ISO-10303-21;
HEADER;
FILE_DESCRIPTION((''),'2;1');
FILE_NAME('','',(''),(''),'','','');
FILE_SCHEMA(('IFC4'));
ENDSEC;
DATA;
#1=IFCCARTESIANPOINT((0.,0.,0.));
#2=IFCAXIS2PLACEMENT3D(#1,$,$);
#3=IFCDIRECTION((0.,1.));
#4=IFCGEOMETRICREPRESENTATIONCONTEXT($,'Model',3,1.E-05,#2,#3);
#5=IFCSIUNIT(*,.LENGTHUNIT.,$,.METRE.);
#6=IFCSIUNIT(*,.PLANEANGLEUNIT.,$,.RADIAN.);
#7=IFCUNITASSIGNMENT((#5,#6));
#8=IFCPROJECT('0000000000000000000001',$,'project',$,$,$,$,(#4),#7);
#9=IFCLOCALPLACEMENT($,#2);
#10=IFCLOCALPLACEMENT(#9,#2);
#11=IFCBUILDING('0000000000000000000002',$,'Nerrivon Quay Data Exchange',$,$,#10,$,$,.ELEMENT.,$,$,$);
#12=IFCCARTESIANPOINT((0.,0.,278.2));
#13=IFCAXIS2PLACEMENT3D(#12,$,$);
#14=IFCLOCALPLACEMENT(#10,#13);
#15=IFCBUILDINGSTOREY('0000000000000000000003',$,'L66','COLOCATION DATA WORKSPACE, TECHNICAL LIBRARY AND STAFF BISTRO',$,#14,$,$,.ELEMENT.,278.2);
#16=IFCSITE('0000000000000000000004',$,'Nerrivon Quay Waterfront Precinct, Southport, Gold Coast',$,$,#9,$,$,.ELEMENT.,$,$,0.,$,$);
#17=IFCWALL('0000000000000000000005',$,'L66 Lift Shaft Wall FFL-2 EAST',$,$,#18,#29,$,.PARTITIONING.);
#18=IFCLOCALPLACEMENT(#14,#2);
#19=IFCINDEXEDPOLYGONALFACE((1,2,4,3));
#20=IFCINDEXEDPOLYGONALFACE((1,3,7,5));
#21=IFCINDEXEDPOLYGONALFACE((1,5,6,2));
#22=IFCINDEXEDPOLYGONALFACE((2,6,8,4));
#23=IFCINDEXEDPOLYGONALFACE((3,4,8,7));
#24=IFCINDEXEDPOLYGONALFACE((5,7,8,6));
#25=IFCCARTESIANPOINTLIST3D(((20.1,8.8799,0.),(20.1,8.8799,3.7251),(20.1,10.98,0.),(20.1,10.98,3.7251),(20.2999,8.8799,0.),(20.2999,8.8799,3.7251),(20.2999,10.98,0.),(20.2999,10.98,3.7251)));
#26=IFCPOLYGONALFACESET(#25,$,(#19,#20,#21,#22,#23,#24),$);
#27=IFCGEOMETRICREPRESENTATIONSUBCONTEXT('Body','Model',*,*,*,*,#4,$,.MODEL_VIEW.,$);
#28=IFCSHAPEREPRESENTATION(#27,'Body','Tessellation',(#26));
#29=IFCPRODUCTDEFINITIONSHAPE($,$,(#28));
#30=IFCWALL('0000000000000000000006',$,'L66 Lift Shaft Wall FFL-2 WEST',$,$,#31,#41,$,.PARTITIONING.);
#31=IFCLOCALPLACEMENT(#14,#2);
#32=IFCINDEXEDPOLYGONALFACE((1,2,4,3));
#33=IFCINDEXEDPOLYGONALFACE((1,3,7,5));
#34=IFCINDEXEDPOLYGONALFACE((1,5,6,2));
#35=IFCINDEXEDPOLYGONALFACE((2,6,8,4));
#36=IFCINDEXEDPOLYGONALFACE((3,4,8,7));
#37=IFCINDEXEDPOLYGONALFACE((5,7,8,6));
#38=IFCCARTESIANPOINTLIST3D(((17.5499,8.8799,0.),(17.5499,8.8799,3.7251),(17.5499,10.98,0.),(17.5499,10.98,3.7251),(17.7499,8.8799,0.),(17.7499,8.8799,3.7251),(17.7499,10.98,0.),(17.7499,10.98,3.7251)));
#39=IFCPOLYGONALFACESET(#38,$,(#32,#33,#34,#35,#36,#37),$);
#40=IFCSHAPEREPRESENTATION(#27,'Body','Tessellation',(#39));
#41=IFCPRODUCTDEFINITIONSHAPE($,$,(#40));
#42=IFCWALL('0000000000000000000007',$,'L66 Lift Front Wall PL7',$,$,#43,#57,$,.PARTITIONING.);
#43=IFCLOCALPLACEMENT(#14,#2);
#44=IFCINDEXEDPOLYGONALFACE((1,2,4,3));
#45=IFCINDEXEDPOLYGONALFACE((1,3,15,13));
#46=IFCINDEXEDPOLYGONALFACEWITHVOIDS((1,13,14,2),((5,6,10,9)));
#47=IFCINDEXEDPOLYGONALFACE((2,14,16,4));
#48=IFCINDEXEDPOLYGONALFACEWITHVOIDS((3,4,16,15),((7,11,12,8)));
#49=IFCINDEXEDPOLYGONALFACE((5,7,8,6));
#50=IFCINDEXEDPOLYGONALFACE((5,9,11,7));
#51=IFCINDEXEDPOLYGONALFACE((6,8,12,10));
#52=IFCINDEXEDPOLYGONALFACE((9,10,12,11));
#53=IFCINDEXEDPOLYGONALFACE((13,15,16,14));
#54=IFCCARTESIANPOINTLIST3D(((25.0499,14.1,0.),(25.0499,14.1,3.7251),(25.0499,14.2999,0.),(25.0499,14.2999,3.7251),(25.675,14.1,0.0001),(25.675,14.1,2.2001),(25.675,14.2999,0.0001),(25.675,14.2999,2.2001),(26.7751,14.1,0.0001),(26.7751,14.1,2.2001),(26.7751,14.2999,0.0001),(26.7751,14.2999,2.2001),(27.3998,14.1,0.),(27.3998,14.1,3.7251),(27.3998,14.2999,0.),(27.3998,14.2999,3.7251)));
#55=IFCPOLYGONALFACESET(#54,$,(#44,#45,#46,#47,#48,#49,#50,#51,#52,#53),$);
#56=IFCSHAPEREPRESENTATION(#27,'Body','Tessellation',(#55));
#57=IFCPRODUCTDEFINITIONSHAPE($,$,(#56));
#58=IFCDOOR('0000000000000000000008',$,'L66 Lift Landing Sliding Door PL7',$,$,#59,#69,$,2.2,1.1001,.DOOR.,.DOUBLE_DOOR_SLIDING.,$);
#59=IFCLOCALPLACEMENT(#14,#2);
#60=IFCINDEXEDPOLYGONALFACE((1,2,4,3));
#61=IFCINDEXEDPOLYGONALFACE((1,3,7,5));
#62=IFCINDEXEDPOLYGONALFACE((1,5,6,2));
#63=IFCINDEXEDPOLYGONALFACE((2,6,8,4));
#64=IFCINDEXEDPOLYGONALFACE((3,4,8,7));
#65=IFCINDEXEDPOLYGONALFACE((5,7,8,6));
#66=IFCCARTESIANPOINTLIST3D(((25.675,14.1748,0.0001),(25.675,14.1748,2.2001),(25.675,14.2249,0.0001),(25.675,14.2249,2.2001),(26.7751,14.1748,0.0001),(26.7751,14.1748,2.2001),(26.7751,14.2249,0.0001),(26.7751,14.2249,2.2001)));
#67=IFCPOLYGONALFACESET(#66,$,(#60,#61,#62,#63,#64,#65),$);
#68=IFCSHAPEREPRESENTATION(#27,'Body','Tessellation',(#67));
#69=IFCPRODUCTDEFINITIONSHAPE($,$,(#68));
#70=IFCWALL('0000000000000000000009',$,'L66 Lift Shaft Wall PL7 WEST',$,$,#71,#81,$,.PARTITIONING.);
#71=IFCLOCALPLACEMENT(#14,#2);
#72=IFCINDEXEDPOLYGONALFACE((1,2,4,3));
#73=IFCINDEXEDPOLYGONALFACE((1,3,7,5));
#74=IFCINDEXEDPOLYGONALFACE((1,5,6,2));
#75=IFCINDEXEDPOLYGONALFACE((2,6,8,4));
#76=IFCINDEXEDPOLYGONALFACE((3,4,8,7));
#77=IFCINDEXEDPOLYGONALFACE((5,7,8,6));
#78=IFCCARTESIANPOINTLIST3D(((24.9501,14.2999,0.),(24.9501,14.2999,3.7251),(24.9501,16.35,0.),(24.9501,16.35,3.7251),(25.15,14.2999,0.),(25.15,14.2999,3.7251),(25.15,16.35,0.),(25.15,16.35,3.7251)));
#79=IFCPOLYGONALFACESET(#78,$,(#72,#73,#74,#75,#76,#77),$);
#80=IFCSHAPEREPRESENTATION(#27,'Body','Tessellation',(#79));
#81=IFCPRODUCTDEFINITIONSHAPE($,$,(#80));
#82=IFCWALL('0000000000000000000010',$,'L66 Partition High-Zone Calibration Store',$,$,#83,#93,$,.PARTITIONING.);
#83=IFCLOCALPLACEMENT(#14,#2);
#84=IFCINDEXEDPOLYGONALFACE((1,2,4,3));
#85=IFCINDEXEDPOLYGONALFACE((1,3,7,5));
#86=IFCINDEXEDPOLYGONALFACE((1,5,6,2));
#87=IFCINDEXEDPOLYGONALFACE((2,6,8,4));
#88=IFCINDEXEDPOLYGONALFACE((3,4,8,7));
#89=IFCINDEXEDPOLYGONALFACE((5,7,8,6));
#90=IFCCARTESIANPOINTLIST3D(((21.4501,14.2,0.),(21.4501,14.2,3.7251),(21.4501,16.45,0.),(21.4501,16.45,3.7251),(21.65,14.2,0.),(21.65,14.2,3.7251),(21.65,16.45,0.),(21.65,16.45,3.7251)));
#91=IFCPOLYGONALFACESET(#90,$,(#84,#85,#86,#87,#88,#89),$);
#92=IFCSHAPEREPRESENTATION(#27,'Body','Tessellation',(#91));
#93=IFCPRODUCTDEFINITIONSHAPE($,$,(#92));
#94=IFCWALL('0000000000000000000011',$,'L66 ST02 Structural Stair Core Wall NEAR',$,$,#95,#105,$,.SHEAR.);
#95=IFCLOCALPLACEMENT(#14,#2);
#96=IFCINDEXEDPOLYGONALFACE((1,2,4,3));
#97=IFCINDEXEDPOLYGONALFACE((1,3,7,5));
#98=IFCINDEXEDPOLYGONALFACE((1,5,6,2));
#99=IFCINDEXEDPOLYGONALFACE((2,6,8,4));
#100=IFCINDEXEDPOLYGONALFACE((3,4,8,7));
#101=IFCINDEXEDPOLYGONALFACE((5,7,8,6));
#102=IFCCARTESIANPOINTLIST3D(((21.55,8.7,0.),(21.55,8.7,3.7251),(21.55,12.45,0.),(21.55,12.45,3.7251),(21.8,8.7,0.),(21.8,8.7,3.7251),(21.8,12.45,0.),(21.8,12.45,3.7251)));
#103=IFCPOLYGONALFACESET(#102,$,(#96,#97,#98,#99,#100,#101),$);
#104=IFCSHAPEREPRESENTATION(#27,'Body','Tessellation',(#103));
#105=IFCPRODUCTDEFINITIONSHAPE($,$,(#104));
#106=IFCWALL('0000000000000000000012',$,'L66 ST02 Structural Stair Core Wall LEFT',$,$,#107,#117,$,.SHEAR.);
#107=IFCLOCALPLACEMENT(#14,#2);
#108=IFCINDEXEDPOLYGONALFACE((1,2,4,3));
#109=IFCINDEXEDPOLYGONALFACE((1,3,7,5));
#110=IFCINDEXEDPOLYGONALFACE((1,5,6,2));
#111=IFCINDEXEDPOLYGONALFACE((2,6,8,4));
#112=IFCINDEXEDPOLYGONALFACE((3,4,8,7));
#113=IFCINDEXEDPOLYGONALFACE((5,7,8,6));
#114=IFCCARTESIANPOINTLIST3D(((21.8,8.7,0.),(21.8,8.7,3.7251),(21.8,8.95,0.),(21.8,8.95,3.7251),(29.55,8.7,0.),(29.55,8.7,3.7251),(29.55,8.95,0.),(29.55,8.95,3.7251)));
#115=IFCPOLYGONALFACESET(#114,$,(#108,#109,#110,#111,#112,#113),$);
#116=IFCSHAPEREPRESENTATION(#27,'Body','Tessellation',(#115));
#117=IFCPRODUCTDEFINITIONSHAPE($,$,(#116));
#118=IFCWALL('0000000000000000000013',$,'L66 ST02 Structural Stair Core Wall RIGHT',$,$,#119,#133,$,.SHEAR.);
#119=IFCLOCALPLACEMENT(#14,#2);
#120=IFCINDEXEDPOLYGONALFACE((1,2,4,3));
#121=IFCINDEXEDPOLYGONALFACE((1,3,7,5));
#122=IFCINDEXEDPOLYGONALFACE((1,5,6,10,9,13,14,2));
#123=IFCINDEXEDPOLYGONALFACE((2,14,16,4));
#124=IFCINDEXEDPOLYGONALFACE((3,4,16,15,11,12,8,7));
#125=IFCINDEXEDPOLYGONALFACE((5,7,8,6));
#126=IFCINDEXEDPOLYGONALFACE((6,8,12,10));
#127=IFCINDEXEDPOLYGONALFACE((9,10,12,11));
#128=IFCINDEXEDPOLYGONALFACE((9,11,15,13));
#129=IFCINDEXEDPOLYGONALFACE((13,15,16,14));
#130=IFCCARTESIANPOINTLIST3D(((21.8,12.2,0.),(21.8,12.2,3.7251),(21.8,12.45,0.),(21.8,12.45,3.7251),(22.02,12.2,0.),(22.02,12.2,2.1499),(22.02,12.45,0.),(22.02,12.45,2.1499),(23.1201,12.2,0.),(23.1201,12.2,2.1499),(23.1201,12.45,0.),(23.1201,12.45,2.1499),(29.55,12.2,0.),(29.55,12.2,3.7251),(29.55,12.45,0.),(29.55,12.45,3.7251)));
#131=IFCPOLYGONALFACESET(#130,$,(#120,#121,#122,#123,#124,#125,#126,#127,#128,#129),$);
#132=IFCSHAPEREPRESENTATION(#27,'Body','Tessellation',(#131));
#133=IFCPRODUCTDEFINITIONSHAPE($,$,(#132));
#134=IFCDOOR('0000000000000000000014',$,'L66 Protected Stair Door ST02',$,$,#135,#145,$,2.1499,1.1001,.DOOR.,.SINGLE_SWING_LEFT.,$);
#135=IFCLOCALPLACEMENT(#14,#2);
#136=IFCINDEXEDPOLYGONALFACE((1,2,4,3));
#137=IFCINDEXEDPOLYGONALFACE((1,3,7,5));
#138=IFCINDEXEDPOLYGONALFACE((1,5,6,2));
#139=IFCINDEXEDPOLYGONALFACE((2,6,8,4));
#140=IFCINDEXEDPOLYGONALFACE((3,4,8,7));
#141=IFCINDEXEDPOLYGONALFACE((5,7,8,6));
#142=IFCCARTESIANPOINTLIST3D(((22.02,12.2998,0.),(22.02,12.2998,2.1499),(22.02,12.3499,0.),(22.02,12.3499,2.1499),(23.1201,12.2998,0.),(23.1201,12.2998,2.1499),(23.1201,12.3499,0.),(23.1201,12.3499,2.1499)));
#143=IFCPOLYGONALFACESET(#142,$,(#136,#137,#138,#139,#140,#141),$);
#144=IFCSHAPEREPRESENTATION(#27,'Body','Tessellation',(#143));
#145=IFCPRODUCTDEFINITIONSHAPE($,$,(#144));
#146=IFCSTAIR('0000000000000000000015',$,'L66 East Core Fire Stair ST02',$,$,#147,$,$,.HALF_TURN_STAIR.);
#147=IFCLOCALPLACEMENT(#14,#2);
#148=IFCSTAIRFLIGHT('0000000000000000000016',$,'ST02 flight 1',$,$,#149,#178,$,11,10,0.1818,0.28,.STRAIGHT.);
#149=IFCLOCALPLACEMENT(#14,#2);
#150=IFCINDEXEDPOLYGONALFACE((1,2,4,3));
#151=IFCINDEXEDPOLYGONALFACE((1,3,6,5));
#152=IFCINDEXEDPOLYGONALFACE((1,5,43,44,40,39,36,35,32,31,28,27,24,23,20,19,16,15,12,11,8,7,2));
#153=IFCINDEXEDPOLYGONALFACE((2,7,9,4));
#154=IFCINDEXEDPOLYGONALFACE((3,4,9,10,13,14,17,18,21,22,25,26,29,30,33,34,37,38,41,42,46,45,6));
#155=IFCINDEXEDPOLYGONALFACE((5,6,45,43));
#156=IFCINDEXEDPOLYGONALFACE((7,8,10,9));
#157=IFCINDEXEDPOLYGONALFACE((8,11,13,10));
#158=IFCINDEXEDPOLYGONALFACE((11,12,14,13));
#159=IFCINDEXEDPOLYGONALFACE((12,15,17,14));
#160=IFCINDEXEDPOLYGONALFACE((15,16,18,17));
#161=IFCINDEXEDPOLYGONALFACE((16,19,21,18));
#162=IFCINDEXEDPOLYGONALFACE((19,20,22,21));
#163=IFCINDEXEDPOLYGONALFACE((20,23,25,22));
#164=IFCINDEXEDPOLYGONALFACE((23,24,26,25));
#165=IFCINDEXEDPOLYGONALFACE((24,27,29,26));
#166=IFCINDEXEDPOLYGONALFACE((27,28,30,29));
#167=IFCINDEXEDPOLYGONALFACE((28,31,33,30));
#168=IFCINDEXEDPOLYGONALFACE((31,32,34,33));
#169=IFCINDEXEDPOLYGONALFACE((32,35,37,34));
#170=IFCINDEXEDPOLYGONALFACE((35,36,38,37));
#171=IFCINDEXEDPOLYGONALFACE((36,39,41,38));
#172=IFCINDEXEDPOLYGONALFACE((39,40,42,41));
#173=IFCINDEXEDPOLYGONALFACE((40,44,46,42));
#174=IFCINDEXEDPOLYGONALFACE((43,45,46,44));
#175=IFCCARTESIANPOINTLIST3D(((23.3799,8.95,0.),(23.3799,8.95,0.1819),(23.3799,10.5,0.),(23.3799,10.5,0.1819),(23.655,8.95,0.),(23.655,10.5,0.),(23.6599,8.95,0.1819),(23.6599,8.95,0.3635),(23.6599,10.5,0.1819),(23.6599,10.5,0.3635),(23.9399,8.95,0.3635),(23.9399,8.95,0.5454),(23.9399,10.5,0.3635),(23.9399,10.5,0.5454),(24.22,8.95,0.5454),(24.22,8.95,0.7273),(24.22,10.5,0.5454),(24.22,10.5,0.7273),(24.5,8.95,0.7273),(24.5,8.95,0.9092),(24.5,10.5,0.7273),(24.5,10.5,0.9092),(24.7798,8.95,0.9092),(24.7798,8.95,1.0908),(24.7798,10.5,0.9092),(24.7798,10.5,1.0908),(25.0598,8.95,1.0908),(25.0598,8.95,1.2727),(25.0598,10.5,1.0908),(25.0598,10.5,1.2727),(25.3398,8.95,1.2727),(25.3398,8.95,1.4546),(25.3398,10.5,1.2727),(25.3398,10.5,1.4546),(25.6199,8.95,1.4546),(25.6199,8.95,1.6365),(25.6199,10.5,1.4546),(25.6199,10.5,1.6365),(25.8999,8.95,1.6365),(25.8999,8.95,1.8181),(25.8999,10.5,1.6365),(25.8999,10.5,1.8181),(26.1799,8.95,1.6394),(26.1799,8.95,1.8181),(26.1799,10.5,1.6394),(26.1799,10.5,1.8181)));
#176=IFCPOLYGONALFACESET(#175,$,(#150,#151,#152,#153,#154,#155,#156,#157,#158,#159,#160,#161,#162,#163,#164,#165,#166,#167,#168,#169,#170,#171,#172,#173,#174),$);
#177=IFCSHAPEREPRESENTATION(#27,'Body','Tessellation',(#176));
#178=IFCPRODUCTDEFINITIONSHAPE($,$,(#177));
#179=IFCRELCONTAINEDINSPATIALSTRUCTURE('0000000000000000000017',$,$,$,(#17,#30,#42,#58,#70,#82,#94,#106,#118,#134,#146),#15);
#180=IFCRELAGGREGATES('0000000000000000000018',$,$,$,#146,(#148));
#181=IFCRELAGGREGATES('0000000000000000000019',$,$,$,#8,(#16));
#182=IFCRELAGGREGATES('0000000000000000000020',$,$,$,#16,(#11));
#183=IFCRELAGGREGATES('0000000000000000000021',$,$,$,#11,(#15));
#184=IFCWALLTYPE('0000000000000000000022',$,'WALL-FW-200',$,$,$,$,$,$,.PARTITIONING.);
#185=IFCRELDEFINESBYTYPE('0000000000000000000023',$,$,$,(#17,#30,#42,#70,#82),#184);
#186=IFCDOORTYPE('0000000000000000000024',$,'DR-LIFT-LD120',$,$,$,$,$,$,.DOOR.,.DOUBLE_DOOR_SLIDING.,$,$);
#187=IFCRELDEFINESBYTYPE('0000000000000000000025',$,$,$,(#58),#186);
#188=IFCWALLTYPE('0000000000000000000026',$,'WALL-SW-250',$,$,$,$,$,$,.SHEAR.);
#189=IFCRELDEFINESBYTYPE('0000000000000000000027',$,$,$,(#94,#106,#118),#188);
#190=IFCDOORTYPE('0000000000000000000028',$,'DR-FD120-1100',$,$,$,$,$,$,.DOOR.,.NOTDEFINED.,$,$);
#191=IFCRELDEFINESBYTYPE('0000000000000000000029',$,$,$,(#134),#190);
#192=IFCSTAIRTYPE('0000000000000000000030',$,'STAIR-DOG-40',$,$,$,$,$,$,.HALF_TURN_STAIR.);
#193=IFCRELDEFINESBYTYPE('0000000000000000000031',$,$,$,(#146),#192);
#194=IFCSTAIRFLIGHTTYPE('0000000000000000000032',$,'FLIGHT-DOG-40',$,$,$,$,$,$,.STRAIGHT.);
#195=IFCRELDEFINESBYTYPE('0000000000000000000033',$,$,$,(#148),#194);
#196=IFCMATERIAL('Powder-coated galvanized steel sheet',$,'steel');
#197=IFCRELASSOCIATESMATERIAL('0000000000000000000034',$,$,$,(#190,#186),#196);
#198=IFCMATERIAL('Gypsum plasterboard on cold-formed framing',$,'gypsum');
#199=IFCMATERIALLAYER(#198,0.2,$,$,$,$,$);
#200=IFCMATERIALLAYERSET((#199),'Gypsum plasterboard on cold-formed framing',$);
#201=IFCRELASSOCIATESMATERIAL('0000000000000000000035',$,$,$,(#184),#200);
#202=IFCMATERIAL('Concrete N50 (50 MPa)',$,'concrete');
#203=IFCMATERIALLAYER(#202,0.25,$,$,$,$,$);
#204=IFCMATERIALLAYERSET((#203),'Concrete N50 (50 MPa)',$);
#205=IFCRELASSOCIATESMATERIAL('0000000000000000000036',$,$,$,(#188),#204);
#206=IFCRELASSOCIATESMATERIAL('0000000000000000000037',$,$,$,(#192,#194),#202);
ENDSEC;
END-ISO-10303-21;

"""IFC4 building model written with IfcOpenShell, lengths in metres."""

from ifc_helpers import new_model, si_unit, direction, frame, frame_2d, origin, place, context, subcontext, project, spatial, polyline, rectangle, outline, extrude, material, layer, layer_set, type_object, element, fill, aggregate, save


model = new_model("IFC4")

# Units and contexts
model_context = context("Model", 3, precision=1e-05, world=origin(), true_north=direction((0.0, 1.0)))
body_context = subcontext(model_context, "Body", "Model", "MODEL_VIEW")
ifc_project = project(units=[si_unit("LENGTHUNIT", "METRE"), si_unit("PLANEANGLEUNIT", "RADIAN")], contexts=[model_context])

# Site, building, storey
site_placement = place(None, origin())
site = spatial("IfcSite", under=ifc_project, at=site_placement, Name="Nerrivon Quay Waterfront Precinct, Southport, Gold Coast", CompositionType="ELEMENT", RefElevation=0.0)
building_placement = place(site_placement, origin())
building = spatial("IfcBuilding", under=site, at=building_placement, Name="Nerrivon Quay Data Exchange", CompositionType="ELEMENT")
storey_placement = place(building_placement, frame((0.0, 0.0, 278.2)))
storey = spatial("IfcBuildingStorey", under=building, at=storey_placement, Name="L66", Description="COLOCATION DATA WORKSPACE, TECHNICAL LIBRARY AND STAFF BISTRO", CompositionType="ELEMENT", Elevation=278.2)

# Shared definitions
ifc_material_1 = material(Name="Concrete N50 (50 MPa)", Category="concrete")

# Shared definitions
ifc_material_2 = material(Name="Powder-coated galvanized steel sheet", Category="steel")
door_type_1 = type_object("IfcDoorType", Name="DR-FD120-1100", OperationType="NOTDEFINED", PredefinedType="DOOR", material=ifc_material_2)

# Shared definitions
ifc_material_3 = material(Name="Gypsum plasterboard on cold-formed framing", Category="gypsum")
ifc_layer_1 = layer(ifc_material_3, 0.2)
ifc_layer_set_1 = layer_set([ifc_layer_1], Name="Gypsum plasterboard on cold-formed framing")
wall_type_1 = type_object("IfcWallType", Name="WALL-FW-200", PredefinedType="PARTITIONING", material=ifc_layer_set_1)

# Shared definitions
door_type_2 = type_object("IfcDoorType", Name="DR-LIFT-LD120", OperationType="DOUBLE_DOOR_SLIDING", PredefinedType="DOOR", material=ifc_material_2)

# Walls
for number, where, z_axis, x_axis, name in (
    (1, (20.2, 8.8799, 0.0), (0.0, 0.0, 1.0), (0.0, 1.0, 0.0), "L66 Lift Shaft Wall FFL-2 EAST"),
    (2, (17.6499, 8.8799, 0.0), (0.0, 0.0, 1.0), (0.0, 1.0, 0.0), "L66 Lift Shaft Wall FFL-2 WEST"),
):
    element("IfcWall", number, at=place(storey_placement, frame(where, z_axis=z_axis, x_axis=x_axis)), inside=storey, type_object=wall_type_1, Name=name, PredefinedType="PARTITIONING", context=body_context, shape_type="SweptSolid", body=[
        extrude(rectangle(XDim=2.1001, YDim=0.2, at=frame_2d((1.05, 0.0))), origin(), (0.0, 0.0, 1.0), 3.7251),
    ])

# Wall, opening, door
wall_1_placement = place(storey_placement, frame((25.05, 14.2, 0.0), z_axis=(0.0, 0.0, 1.0), x_axis=(1.0, 0.0, 0.0)))
wall_1 = element("IfcWall", 3, at=wall_1_placement, inside=storey, type_object=wall_type_1, Name="L66 Lift Front Wall PL7", PredefinedType="PARTITIONING", context=body_context, shape_type="SweptSolid", body=[
    extrude(rectangle(XDim=2.3499, YDim=0.2, at=frame_2d((1.1748, 0.0))), origin(), (0.0, 0.0, 1.0), 3.7251),
])
opening_1_placement = place(wall_1_placement, frame((0.625, 0.0, 0.0)))
opening_1 = element("IfcOpeningElement", 4, at=opening_1_placement, cuts=wall_1, PredefinedType="OPENING", context=body_context, shape_type="SweptSolid", body=[
    extrude(rectangle(XDim=1.1001, YDim=2.2, at=frame_2d((0.55, 1.1001))), frame((0.0, 0.1099, 0.0), z_axis=(0.0, -1.0, 0.0), x_axis=(1.0, 0.0, 0.0)), (0.0, 0.0, 1.0), 0.22),
])
door_1_placement = place(opening_1_placement, origin())
door_1 = element("IfcDoor", 5, at=door_1_placement, inside=storey, type_object=door_type_2, Name="L66 Lift Landing Sliding Door PL7", OperationType="DOUBLE_DOOR_SLIDING", OverallHeight=2.2, OverallWidth=1.1001, PredefinedType="DOOR", context=body_context, shape_type="SweptSolid", body=[
    extrude(rectangle(XDim=1.1001, YDim=2.2, at=frame_2d((0.55, 1.1001))), frame((0.0, 0.0249, 0.0), z_axis=(0.0, -1.0, 0.0), x_axis=(1.0, 0.0, 0.0)), (0.0, 0.0, 1.0), 0.05),
])
fill(opening_1, door_1)

# Walls
wall_2_placement = place(storey_placement, frame((25.05, 14.3, 0.0), z_axis=(0.0, 0.0, 1.0), x_axis=(0.0, 1.0, 0.0)))
element("IfcWall", 6, at=wall_2_placement, inside=storey, type_object=wall_type_1, Name="L66 Lift Shaft Wall PL7 WEST", PredefinedType="PARTITIONING", context=body_context, shape_type="SweptSolid", body=[
    extrude(rectangle(XDim=2.05, YDim=0.2, at=frame_2d((1.0249, 0.0))), origin(), (0.0, 0.0, 1.0), 3.7251),
])
wall_3_placement = place(storey_placement, frame((21.55, 14.2, 0.0), z_axis=(0.0, 0.0, 1.0), x_axis=(0.0, 1.0, 0.0)))
element("IfcWall", 7, at=wall_3_placement, inside=storey, type_object=wall_type_1, Name="L66 Partition High-Zone Calibration Store", PredefinedType="PARTITIONING", context=body_context, shape_type="SweptSolid", body=[
    extrude(rectangle(XDim=2.25, YDim=0.2, at=frame_2d((1.125, 0.0))), origin(), (0.0, 0.0, 1.0), 3.7251),
])

# Walls
ifc_layer_2 = layer(ifc_material_1, 0.25)
ifc_layer_set_2 = layer_set([ifc_layer_2], Name="Concrete N50 (50 MPa)")
wall_type_2 = type_object("IfcWallType", Name="WALL-SW-250", PredefinedType="SHEAR", material=ifc_layer_set_2)
wall_4_placement = place(storey_placement, frame((21.675, 8.7, 0.0), z_axis=(0.0, 0.0, 1.0), x_axis=(0.0, 1.0, 0.0)))
element("IfcWall", 8, at=wall_4_placement, inside=storey, type_object=wall_type_2, Name="L66 ST02 Structural Stair Core Wall NEAR", PredefinedType="SHEAR", context=body_context, shape_type="SweptSolid", body=[
    extrude(rectangle(XDim=3.75, YDim=0.25, at=frame_2d((1.875, 0.0))), origin(), (0.0, 0.0, 1.0), 3.7251),
])
wall_5_placement = place(storey_placement, frame((21.8, 8.825, 0.0), z_axis=(0.0, 0.0, 1.0), x_axis=(1.0, 0.0, 0.0)))
element("IfcWall", 9, at=wall_5_placement, inside=storey, type_object=wall_type_2, Name="L66 ST02 Structural Stair Core Wall LEFT", PredefinedType="SHEAR", context=body_context, shape_type="SweptSolid", body=[
    extrude(rectangle(XDim=7.75, YDim=0.25, at=frame_2d((3.875, 0.0))), origin(), (0.0, 0.0, 1.0), 3.7251),
])

# Wall, opening, door
wall_6_placement = place(storey_placement, frame((21.8, 12.325, 0.0), z_axis=(0.0, 0.0, 1.0), x_axis=(1.0, 0.0, 0.0)))
wall_6 = element("IfcWall", 10, at=wall_6_placement, inside=storey, type_object=wall_type_2, Name="L66 ST02 Structural Stair Core Wall RIGHT", PredefinedType="SHEAR", context=body_context, shape_type="SweptSolid", body=[
    extrude(rectangle(XDim=7.75, YDim=0.25, at=frame_2d((3.875, 0.0))), origin(), (0.0, 0.0, 1.0), 3.7251),
])
opening_2_placement = place(wall_6_placement, frame((0.22, 0.0, 0.0)))
opening_2 = element("IfcOpeningElement", 11, at=opening_2_placement, cuts=wall_6, PredefinedType="OPENING", context=body_context, shape_type="SweptSolid", body=[
    extrude(rectangle(XDim=1.1001, YDim=2.1499, at=frame_2d((0.55, 1.075))), frame((0.0, 0.135, 0.0), z_axis=(0.0, -1.0, 0.0), x_axis=(1.0, 0.0, 0.0)), (0.0, 0.0, 1.0), 0.27),
])
door_2_placement = place(opening_2_placement, origin())
door_2 = element("IfcDoor", 12, at=door_2_placement, inside=storey, type_object=door_type_1, Name="L66 Protected Stair Door ST02", OperationType="SINGLE_SWING_LEFT", OverallHeight=2.1499, OverallWidth=1.1001, PredefinedType="DOOR", context=body_context, shape_type="SweptSolid", body=[
    extrude(rectangle(XDim=1.1001, YDim=2.1499, at=frame_2d((0.55, 1.075))), frame((0.0, 0.0249, 0.0), z_axis=(0.0, -1.0, 0.0), x_axis=(1.0, 0.0, 0.0)), (0.0, 0.0, 1.0), 0.05),
])
fill(opening_2, door_2)

# Stair, stair flight
stair_type = type_object("IfcStairType", Name="STAIR-DOG-40", PredefinedType="HALF_TURN_STAIR", material=ifc_material_1)
stair_placement = place(storey_placement, origin())
stair = element("IfcStair", 13, at=stair_placement, inside=storey, type_object=stair_type, Name="L66 East Core Fire Stair ST02", PredefinedType="HALF_TURN_STAIR")
stair_flight_type = type_object("IfcStairFlightType", Name="FLIGHT-DOG-40", PredefinedType="STRAIGHT", material=ifc_material_1)
stair_flight_placement = place(storey_placement, frame((23.3799, 9.7251, 0.0), z_axis=(0.0, 0.0, 1.0), x_axis=(1.0, 0.0, 0.0)))
stair_flight = element("IfcStairFlight", 14, at=stair_flight_placement, type_object=stair_flight_type, Name="ST02 flight 1", NumberOfRisers=11, NumberOfTreads=10, PredefinedType="STRAIGHT", RiserHeight=0.1818, TreadLength=0.28, context=body_context, shape_type="SweptSolid", body=[
    extrude(outline(polyline([(0.0, 0.0), (0.0, 0.1819), (0.28, 0.1819), (0.28, 0.3635), (0.5601, 0.3635), (0.5601, 0.5454), (0.8401, 0.5454), (0.8401, 0.7273), (1.1201, 0.7273), (1.1201, 0.9092), (1.3999, 0.9092), (1.3999, 1.0908), (1.6799, 1.0908), (1.6799, 1.2727), (1.96, 1.2727), (1.96, 1.4546), (2.24, 1.4546), (2.24, 1.6365), (2.52, 1.6365), (2.52, 1.8181), (2.8, 1.8181), (2.8, 2.0), (2.8, 1.6394), (0.2751, 0.0), (0.0, 0.0)])), frame((0.0, 0.7749, 0.0), z_axis=(0.0, -1.0, 0.0), x_axis=(1.0, 0.0, 0.0)), (0.0, 0.0, 1.0), 1.55),
])
aggregate(stair, [stair_flight])

save(model, "model.ifc")
